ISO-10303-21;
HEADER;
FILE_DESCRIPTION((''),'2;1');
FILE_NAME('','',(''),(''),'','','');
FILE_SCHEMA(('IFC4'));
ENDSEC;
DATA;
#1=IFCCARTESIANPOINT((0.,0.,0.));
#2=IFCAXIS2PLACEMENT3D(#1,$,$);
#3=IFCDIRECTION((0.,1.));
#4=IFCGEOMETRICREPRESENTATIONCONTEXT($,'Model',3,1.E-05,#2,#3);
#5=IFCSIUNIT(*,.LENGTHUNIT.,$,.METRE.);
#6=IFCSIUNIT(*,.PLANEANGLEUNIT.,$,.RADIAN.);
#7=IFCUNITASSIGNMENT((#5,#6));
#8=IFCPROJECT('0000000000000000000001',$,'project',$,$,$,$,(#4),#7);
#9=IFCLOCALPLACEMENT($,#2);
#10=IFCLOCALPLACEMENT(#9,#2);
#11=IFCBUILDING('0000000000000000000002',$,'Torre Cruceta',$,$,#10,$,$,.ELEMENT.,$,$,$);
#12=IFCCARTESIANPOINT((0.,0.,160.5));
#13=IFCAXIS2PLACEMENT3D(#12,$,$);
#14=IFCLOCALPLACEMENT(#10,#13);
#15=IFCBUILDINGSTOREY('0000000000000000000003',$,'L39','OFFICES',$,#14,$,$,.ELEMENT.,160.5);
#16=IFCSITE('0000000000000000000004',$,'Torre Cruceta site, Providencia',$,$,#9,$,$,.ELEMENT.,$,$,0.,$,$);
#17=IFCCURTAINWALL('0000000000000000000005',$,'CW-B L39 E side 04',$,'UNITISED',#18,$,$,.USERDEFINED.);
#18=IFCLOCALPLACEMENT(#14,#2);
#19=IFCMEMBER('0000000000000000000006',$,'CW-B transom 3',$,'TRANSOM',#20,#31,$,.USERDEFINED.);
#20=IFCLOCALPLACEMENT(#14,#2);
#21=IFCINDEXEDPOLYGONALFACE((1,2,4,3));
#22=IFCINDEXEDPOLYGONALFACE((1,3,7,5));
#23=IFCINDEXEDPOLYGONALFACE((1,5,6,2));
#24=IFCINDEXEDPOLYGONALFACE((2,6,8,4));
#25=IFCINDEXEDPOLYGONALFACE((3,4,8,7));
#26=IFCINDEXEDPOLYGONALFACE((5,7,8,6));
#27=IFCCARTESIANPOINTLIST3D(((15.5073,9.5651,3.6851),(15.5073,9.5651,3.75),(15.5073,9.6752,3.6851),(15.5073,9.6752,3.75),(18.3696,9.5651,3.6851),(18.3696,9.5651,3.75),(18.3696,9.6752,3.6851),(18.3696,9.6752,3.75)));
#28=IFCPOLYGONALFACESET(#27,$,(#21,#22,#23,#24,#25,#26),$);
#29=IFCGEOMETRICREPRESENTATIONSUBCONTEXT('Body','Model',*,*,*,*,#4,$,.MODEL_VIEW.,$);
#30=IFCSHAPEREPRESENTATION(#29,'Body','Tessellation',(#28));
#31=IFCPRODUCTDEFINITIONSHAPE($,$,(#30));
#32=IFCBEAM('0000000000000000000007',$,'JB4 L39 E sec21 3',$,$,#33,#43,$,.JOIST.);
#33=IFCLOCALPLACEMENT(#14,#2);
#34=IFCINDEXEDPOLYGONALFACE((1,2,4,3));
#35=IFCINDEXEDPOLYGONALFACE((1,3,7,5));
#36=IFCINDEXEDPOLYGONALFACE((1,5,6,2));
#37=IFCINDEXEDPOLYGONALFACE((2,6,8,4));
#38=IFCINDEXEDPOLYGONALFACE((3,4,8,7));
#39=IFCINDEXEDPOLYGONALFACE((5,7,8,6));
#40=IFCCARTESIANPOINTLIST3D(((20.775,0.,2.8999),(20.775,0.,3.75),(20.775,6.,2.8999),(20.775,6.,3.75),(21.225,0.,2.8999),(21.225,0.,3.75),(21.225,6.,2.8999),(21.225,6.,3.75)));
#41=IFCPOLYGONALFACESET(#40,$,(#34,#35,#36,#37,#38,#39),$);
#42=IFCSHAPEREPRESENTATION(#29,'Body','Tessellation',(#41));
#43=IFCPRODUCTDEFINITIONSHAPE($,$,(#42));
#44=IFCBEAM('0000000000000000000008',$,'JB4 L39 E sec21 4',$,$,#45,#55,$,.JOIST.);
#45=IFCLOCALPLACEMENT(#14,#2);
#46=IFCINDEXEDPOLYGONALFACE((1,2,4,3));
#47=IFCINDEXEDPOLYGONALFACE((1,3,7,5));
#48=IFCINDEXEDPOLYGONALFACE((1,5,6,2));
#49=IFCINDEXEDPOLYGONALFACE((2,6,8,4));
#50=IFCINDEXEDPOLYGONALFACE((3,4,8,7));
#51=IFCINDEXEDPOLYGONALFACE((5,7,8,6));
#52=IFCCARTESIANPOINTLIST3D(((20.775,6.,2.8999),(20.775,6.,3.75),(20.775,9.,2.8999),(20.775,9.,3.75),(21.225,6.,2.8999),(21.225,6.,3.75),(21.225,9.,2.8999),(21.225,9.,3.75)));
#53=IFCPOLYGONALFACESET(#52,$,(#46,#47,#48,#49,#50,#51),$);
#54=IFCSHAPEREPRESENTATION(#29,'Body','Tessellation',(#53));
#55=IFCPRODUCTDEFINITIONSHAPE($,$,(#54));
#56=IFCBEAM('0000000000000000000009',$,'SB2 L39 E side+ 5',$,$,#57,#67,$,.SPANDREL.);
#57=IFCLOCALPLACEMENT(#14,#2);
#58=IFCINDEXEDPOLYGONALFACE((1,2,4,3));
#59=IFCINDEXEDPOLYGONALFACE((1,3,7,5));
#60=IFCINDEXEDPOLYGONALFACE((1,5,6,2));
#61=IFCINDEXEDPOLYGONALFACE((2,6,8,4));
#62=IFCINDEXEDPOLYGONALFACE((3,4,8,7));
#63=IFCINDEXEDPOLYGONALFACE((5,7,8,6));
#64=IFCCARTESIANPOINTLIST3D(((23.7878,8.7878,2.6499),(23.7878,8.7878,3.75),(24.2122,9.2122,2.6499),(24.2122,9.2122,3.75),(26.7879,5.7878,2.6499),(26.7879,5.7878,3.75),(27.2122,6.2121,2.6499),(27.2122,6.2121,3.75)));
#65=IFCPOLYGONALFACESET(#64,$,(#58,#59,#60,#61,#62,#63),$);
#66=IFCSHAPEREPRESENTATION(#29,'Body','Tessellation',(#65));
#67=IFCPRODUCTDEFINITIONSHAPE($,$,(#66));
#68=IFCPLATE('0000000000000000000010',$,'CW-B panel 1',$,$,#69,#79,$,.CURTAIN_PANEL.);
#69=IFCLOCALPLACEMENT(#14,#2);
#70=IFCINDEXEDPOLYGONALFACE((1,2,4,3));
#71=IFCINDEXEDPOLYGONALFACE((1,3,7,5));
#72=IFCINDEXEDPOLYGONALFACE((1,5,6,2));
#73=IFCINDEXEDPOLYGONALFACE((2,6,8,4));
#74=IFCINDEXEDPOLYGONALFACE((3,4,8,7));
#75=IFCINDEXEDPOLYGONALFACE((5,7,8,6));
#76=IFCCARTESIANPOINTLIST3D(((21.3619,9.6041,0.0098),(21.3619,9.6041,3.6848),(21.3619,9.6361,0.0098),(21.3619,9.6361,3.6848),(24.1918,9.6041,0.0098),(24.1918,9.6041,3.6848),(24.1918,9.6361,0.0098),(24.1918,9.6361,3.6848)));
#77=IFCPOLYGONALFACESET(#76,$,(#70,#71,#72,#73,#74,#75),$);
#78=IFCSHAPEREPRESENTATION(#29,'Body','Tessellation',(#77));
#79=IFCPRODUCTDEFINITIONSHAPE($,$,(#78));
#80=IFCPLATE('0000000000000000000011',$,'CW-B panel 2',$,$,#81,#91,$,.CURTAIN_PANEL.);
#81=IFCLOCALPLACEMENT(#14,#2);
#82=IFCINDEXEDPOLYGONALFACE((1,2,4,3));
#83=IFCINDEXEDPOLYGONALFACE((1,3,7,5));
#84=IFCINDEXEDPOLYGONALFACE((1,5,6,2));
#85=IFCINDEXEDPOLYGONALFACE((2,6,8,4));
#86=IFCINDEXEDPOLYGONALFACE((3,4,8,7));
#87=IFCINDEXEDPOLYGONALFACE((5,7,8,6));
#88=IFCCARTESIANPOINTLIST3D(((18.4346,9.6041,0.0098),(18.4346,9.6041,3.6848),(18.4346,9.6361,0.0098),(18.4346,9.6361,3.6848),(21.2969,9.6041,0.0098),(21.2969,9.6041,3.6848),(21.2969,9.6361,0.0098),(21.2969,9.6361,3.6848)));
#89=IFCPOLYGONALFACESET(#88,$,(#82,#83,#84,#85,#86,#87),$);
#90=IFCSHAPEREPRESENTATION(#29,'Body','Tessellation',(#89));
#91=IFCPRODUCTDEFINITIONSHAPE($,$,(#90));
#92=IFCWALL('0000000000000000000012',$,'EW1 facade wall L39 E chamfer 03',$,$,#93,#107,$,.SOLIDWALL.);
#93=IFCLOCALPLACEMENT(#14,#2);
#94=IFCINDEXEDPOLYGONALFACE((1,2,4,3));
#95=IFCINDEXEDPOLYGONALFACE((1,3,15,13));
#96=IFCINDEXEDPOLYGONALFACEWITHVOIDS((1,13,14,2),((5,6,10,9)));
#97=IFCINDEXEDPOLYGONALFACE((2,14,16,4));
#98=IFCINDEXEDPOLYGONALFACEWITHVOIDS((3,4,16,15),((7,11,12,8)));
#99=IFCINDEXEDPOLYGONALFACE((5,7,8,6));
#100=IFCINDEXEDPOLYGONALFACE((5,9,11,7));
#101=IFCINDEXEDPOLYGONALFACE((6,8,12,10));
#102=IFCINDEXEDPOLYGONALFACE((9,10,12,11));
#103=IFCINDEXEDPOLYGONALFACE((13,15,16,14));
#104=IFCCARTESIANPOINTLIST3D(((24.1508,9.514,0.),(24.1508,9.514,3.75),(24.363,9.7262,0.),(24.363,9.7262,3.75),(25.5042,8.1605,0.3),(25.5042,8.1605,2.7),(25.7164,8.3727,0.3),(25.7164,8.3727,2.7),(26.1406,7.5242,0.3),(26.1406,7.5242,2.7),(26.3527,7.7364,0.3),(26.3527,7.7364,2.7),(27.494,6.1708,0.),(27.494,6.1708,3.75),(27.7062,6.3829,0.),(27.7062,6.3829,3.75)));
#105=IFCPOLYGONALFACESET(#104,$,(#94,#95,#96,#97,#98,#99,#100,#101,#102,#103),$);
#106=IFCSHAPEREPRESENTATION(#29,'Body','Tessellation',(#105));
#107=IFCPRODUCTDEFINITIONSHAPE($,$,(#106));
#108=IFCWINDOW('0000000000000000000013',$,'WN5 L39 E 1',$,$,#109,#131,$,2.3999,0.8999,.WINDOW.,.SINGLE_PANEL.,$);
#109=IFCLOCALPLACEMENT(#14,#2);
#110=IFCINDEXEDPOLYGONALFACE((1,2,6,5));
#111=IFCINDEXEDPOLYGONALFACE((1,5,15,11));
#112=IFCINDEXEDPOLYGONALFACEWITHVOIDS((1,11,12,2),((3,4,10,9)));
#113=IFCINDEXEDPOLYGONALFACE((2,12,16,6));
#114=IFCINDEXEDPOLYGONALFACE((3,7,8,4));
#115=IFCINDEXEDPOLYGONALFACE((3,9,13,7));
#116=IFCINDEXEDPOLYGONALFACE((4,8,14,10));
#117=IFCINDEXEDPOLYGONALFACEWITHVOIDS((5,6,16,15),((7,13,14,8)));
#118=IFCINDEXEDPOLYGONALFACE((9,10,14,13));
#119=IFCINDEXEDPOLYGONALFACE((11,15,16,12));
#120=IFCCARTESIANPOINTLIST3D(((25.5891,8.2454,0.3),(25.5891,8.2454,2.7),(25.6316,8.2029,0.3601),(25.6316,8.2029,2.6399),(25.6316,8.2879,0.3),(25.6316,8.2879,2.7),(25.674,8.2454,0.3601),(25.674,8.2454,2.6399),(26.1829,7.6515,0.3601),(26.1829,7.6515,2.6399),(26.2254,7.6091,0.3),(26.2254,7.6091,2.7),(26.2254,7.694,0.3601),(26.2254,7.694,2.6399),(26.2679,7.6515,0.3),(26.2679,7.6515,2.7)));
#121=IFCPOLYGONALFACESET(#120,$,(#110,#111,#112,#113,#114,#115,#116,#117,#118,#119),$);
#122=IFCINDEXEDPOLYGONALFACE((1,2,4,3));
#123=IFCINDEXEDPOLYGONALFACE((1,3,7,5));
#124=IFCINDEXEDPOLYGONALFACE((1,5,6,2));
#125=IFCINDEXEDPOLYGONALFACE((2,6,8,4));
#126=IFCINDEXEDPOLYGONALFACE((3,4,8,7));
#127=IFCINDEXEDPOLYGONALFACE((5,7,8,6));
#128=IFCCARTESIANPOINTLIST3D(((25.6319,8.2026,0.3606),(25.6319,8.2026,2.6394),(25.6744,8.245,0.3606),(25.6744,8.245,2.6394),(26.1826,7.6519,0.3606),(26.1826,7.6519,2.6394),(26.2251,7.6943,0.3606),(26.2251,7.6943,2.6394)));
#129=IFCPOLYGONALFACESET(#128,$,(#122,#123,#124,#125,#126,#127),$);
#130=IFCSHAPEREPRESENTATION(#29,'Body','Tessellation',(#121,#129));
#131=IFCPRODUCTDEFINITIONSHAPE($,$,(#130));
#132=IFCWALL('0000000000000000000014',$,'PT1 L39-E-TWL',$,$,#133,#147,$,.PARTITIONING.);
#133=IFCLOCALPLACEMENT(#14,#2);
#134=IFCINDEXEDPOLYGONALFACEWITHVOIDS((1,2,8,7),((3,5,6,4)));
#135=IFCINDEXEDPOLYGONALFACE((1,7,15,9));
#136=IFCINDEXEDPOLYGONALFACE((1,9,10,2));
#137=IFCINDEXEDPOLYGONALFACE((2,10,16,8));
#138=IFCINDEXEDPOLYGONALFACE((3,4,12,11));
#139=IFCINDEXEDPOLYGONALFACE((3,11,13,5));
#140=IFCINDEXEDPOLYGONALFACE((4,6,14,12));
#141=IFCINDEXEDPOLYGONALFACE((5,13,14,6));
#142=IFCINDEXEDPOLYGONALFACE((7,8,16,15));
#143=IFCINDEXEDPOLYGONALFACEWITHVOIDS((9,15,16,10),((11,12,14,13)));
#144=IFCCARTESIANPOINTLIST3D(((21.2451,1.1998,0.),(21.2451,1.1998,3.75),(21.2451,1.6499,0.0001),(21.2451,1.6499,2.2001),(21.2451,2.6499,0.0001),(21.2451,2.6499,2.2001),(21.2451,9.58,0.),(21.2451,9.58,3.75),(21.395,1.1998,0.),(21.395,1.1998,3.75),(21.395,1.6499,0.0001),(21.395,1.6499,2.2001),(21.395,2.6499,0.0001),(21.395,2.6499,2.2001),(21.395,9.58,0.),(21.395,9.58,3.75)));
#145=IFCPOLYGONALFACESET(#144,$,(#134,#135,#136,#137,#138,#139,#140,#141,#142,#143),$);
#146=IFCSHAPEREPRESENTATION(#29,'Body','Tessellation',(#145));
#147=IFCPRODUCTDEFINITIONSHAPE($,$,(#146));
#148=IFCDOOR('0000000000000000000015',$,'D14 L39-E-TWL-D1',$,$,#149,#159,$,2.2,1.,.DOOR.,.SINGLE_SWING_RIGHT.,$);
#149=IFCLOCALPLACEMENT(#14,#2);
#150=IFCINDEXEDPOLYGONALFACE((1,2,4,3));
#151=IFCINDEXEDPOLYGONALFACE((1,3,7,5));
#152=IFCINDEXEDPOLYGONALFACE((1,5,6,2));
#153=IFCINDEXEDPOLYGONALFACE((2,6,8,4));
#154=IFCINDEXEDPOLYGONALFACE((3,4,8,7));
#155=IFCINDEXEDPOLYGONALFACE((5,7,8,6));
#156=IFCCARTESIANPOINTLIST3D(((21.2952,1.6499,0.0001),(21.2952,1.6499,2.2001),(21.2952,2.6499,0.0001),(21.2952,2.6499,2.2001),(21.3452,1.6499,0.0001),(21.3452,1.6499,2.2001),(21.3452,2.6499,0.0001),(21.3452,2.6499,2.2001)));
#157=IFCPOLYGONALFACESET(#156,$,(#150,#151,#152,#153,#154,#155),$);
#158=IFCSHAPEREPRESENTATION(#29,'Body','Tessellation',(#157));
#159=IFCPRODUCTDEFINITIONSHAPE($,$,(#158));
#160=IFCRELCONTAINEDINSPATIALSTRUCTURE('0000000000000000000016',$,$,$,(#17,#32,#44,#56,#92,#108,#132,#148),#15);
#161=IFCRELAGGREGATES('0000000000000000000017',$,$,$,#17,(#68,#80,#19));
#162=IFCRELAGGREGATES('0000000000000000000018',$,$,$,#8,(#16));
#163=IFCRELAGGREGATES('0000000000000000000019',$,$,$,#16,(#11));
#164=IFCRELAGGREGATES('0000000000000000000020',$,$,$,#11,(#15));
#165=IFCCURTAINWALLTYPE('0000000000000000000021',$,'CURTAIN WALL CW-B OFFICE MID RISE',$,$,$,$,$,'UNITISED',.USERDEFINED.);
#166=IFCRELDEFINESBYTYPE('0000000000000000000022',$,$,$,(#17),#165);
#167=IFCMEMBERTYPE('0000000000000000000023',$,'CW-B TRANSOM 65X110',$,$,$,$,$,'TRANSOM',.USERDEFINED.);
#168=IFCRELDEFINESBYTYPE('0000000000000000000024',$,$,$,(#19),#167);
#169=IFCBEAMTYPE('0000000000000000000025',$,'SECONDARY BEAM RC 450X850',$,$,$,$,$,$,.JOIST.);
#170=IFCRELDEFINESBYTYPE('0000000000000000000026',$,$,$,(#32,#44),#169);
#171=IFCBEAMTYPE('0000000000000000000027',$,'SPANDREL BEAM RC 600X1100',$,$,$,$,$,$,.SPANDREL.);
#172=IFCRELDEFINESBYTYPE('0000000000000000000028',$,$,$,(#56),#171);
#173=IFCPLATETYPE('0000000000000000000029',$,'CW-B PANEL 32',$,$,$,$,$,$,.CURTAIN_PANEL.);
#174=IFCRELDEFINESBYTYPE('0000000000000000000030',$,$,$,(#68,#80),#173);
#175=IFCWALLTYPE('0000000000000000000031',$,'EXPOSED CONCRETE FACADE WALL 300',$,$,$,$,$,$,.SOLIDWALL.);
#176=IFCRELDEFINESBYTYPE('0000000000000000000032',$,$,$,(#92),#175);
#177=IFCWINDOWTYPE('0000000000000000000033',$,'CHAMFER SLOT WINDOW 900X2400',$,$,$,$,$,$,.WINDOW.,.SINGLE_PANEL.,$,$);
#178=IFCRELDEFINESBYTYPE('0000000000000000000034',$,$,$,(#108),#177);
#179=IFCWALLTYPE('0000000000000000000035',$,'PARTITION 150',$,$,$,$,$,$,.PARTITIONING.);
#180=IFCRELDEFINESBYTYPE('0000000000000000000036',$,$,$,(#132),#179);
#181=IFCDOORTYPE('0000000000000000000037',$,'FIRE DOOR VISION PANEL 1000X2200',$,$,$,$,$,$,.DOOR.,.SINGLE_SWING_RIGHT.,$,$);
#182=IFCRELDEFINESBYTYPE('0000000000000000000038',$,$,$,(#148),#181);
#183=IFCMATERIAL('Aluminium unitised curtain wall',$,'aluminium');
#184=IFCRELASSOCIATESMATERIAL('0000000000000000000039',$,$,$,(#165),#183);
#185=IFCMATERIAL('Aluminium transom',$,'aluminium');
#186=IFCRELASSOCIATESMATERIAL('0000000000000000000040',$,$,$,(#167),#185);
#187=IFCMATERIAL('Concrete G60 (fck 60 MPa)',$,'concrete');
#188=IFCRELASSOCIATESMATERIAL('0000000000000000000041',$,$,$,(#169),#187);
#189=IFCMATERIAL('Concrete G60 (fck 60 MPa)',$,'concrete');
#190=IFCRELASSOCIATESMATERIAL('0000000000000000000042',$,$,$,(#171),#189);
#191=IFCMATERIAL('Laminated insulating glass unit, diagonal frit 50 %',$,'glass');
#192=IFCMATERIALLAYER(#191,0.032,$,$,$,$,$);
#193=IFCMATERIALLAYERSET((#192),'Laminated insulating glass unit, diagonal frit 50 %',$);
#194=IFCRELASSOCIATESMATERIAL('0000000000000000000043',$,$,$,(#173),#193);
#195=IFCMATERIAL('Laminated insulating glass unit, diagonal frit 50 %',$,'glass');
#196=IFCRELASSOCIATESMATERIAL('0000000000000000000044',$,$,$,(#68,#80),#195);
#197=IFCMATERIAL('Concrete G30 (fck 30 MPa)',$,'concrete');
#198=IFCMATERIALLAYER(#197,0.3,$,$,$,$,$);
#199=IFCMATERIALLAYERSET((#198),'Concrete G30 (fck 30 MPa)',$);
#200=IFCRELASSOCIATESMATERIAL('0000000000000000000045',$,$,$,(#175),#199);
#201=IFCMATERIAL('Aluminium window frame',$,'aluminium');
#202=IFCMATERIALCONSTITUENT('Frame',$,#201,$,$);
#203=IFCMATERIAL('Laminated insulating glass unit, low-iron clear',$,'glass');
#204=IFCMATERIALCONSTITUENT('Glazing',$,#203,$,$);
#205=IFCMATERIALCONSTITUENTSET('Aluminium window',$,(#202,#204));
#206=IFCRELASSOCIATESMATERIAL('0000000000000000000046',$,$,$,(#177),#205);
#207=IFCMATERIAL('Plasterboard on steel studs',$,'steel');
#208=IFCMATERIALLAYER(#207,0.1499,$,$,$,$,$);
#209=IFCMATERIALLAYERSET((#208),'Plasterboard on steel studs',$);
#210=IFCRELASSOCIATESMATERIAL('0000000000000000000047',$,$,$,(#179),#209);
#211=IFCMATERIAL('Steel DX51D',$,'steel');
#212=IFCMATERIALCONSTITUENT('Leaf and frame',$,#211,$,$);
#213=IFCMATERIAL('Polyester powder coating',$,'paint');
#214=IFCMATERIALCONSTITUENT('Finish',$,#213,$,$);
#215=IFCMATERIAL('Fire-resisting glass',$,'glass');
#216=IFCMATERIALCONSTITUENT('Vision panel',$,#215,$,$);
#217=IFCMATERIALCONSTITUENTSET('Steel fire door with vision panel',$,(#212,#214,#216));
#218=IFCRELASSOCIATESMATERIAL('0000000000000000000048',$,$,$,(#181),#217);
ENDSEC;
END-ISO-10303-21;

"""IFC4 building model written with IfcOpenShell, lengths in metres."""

from ifc_helpers import new_model, si_unit, direction, frame, frame_2d, origin, origin_2d, place, context, subcontext, project, spatial, rectangle, hollow_rectangle, extrude, material, layer, layer_set, constituent, constituent_set, material_profile, profile_set, type_object, element, fill, aggregate, save


model = new_model("IFC4")

# Units and contexts
model_context = context("Model", 3, precision=1e-05, world=origin(), true_north=direction((0.0, 1.0)))
body_context = subcontext(model_context, "Body", "Model", "MODEL_VIEW")
ifc_project = project(units=[si_unit("LENGTHUNIT", "METRE"), si_unit("PLANEANGLEUNIT", "RADIAN")], contexts=[model_context])

# Site, building, storey
site_placement = place(None, origin())
site = spatial("IfcSite", under=ifc_project, at=site_placement, Name="Torre Cruceta site, Providencia", CompositionType="ELEMENT", RefElevation=0.0)
building_placement = place(site_placement, origin())
building = spatial("IfcBuilding", under=site, at=building_placement, Name="Torre Cruceta", CompositionType="ELEMENT")
storey_placement = place(building_placement, frame((0.0, 0.0, 160.5)))
storey = spatial("IfcBuildingStorey", under=building, at=storey_placement, Name="L39", Description="OFFICES", CompositionType="ELEMENT", Elevation=160.5)

# Curtain wall, member
ifc_material_1 = material(Name="Aluminium unitised curtain wall", Category="aluminium")
curtain_wall_type = type_object("IfcCurtainWallType", Name="CURTAIN WALL CW-B OFFICE MID RISE", ElementType="UNITISED", PredefinedType="USERDEFINED", material=ifc_material_1)
curtain_wall_placement = place(storey_placement, origin())
curtain_wall = element("IfcCurtainWall", 1, at=curtain_wall_placement, inside=storey, type_object=curtain_wall_type, Name="CW-B L39 E side 04", ObjectType="UNITISED", PredefinedType="USERDEFINED")
ifc_material_2 = material(Name="Aluminium transom", Category="aluminium")
ifc_material_profile_1 = material_profile(ifc_material_2, rectangle(XDim=0.1101, YDim=0.0649, at=origin_2d()), Name="AL 110X65")
ifc_profile_set_1 = profile_set([ifc_material_profile_1], Name="Aluminium transom")
member_type_1 = type_object("IfcMemberType", Name="CW-B TRANSOM 65X110", ElementType="TRANSOM", PredefinedType="USERDEFINED", material=ifc_profile_set_1)
member_1_placement = place(storey_placement, frame((18.3696, 9.6201, 3.7175), z_axis=(-1.0, 0.0, 0.0), x_axis=(0.0, -1.0, 0.0)))
member_1 = element("IfcMember", 2, at=member_1_placement, type_object=member_type_1, Name="CW-B transom 3", ObjectType="TRANSOM", PredefinedType="USERDEFINED", context=body_context, shape_type="SweptSolid", body=[
    extrude(rectangle(XDim=0.1101, YDim=0.0649, at=origin_2d()), origin(), (0.0, 0.0, 1.0), 2.8623),
])

# Beams
ifc_material_3 = material(Name="Concrete G60 (fck 60 MPa)", Category="concrete")
ifc_material_profile_2 = material_profile(ifc_material_3, rectangle(XDim=0.45, YDim=0.8501, at=origin_2d()), Name="RC 450X850")
ifc_profile_set_2 = profile_set([ifc_material_profile_2], Name="Concrete G60 (fck 60 MPa)")
beam_type_1 = type_object("IfcBeamType", Name="SECONDARY BEAM RC 450X850", PredefinedType="JOIST", material=ifc_profile_set_2)
beam_1_placement = place(storey_placement, frame((21.0, 0.0, 3.325), z_axis=(0.0, 1.0, 0.0), x_axis=(-1.0, 0.0, 0.0)))
element("IfcBeam", 3, at=beam_1_placement, inside=storey, type_object=beam_type_1, Name="JB4 L39 E sec21 3", PredefinedType="JOIST", context=body_context, shape_type="SweptSolid", body=[
    extrude(rectangle(XDim=0.45, YDim=0.8501, at=origin_2d()), origin(), (0.0, 0.0, 1.0), 6.0),
])
beam_2_placement = place(storey_placement, frame((21.0, 6.0, 3.325), z_axis=(0.0, 1.0, 0.0), x_axis=(-1.0, 0.0, 0.0)))
element("IfcBeam", 4, at=beam_2_placement, inside=storey, type_object=beam_type_1, Name="JB4 L39 E sec21 4", PredefinedType="JOIST", context=body_context, shape_type="SweptSolid", body=[
    extrude(rectangle(XDim=0.45, YDim=0.8501, at=origin_2d()), origin(), (0.0, 0.0, 1.0), 3.0),
])
ifc_material_4 = material(Name="Concrete G60 (fck 60 MPa)", Category="concrete")
ifc_material_profile_3 = material_profile(ifc_material_4, rectangle(XDim=0.6001, YDim=1.1001, at=origin_2d()), Name="RC 600X1100")
ifc_profile_set_3 = profile_set([ifc_material_profile_3], Name="Concrete G60 (fck 60 MPa)")
beam_type_2 = type_object("IfcBeamType", Name="SPANDREL BEAM RC 600X1100", PredefinedType="SPANDREL", material=ifc_profile_set_3)
beam_3_placement = place(storey_placement, frame((24.0, 9.0, 3.2), z_axis=(0.707107, -0.707107, 0.0), x_axis=(0.707107, 0.707107, 0.0)))
element("IfcBeam", 5, at=beam_3_placement, inside=storey, type_object=beam_type_2, Name="SB2 L39 E side+ 5", PredefinedType="SPANDREL", context=body_context, shape_type="SweptSolid", body=[
    extrude(rectangle(XDim=0.6001, YDim=1.1001, at=origin_2d()), origin(), (0.0, 0.0, 1.0), 4.2427),
])

# Plates
ifc_material_5 = material(Name="Laminated insulating glass unit, diagonal frit 50 %", Category="glass")
ifc_material_6 = material(Name="Laminated insulating glass unit, diagonal frit 50 %", Category="glass")
ifc_layer_1 = layer(ifc_material_6, 0.032)
ifc_layer_set_1 = layer_set([ifc_layer_1], Name="Laminated insulating glass unit, diagonal frit 50 %")
plate_type = type_object("IfcPlateType", Name="CW-B PANEL 32", PredefinedType="CURTAIN_PANEL", material=ifc_layer_set_1)
plate_1_placement = place(storey_placement, frame((22.7769, 9.6201, 0.0098), z_axis=(0.0, 0.0, 1.0), x_axis=(-1.0, 0.0, 0.0)))
plate_1 = element("IfcPlate", 6, at=plate_1_placement, type_object=plate_type, material=ifc_material_5, Name="CW-B panel 1", PredefinedType="CURTAIN_PANEL", context=body_context, shape_type="SweptSolid", body=[
    extrude(rectangle(XDim=2.8298, YDim=0.032, at=origin_2d()), origin(), (0.0, 0.0, 1.0), 3.675),
])
plate_2_placement = place(storey_placement, frame((19.8657, 9.6201, 0.0098), z_axis=(0.0, 0.0, 1.0), x_axis=(-1.0, 0.0, 0.0)))
plate_2 = element("IfcPlate", 7, at=plate_2_placement, type_object=plate_type, material=ifc_material_5, Name="CW-B panel 2", PredefinedType="CURTAIN_PANEL", context=body_context, shape_type="SweptSolid", body=[
    extrude(rectangle(XDim=2.8623, YDim=0.032, at=origin_2d()), origin(), (0.0, 0.0, 1.0), 3.675),
])
aggregate(curtain_wall, [plate_1, plate_2, member_1])

# Wall, opening, window
ifc_material_7 = material(Name="Concrete G30 (fck 30 MPa)", Category="concrete")
ifc_layer_2 = layer(ifc_material_7, 0.3)
ifc_layer_set_2 = layer_set([ifc_layer_2], Name="Concrete G30 (fck 30 MPa)")
wall_type_1 = type_object("IfcWallType", Name="EXPOSED CONCRETE FACADE WALL 300", PredefinedType="SOLIDWALL", material=ifc_layer_set_2)
wall_1_placement = place(storey_placement, frame((27.6001, 6.2769, 0.0), z_axis=(0.0, 0.0, 1.0), x_axis=(-0.707107, 0.707107, 0.0)))
wall_1 = element("IfcWall", 8, at=wall_1_placement, inside=storey, type_object=wall_type_1, Name="EW1 facade wall L39 E chamfer 03", PredefinedType="SOLIDWALL", context=body_context, shape_type="SweptSolid", body=[
    extrude(rectangle(XDim=4.728, YDim=0.3, at=frame_2d((2.364, 0.0))), origin(), (0.0, 0.0, 1.0), 3.75),
])
opening_1_placement = place(wall_1_placement, frame((1.9141, 0.0, 0.3)))
opening_1 = element("IfcOpeningElement", 9, at=opening_1_placement, cuts=wall_1, PredefinedType="OPENING", context=body_context, shape_type="SweptSolid", body=[
    extrude(rectangle(XDim=0.8999, YDim=2.3999, at=frame_2d((0.45, 1.2))), frame((0.0, 0.1599, 0.0), z_axis=(0.0, -1.0, 0.0), x_axis=(1.0, 0.0, 0.0)), (0.0, 0.0, 1.0), 0.3201),
])
ifc_material_8 = material(Name="Aluminium window frame", Category="aluminium")
ifc_constituent_1 = constituent(ifc_material_8, Name="Frame")
ifc_material_9 = material(Name="Laminated insulating glass unit, low-iron clear", Category="glass")
ifc_constituent_2 = constituent(ifc_material_9, Name="Glazing")
ifc_constituent_set_1 = constituent_set(constituents=[ifc_constituent_1, ifc_constituent_2], Name="Aluminium window")
window_type = type_object("IfcWindowType", Name="CHAMFER SLOT WINDOW 900X2400", PartitioningType="SINGLE_PANEL", PredefinedType="WINDOW", material=ifc_constituent_set_1)
window_placement = place(opening_1_placement, origin())
window = element("IfcWindow", 10, at=window_placement, inside=storey, type_object=window_type, Name="WN5 L39 E 1", OverallHeight=2.3999, OverallWidth=0.8999, PartitioningType="SINGLE_PANEL", PredefinedType="WINDOW", context=body_context, shape_type="SweptSolid", body=[
    extrude(hollow_rectangle(XDim=0.8999, YDim=2.3999, WallThickness=0.0601, at=frame_2d((0.45, 1.2))), frame((0.0, 0.03, 0.0), z_axis=(0.0, -1.0, 0.0), x_axis=(1.0, 0.0, 0.0)), (0.0, 0.0, 1.0), 0.0601),
    extrude(rectangle(XDim=0.7788, YDim=2.2788, at=frame_2d((0.45, 1.2))), frame((0.0, 0.03, 0.0), z_axis=(0.0, -1.0, 0.0), x_axis=(1.0, 0.0, 0.0)), (0.0, 0.0, 1.0), 0.0601),
])
fill(opening_1, window)

# Wall, opening, door
ifc_material_10 = material(Name="Plasterboard on steel studs", Category="steel")
ifc_layer_3 = layer(ifc_material_10, 0.1499)
ifc_layer_set_3 = layer_set([ifc_layer_3], Name="Plasterboard on steel studs")
wall_type_2 = type_object("IfcWallType", Name="PARTITION 150", PredefinedType="PARTITIONING", material=ifc_layer_set_3)
wall_2_placement = place(storey_placement, frame((21.3201, 1.2, 0.0), z_axis=(0.0, 0.0, 1.0), x_axis=(0.0, 1.0, 0.0)))
wall_2 = element("IfcWall", 11, at=wall_2_placement, inside=storey, type_object=wall_type_2, Name="PT1 L39-E-TWL", PredefinedType="PARTITIONING", context=body_context, shape_type="SweptSolid", body=[
    extrude(rectangle(XDim=8.3801, YDim=0.1499, at=frame_2d((4.1899, 0.0))), origin(), (0.0, 0.0, 1.0), 3.75),
])
opening_2_placement = place(wall_2_placement, frame((0.45, 0.0, 0.0)))
opening_2 = element("IfcOpeningElement", 12, at=opening_2_placement, cuts=wall_2, PredefinedType="OPENING", context=body_context, shape_type="SweptSolid", body=[
    extrude(rectangle(XDim=1.0, YDim=2.2, at=frame_2d((0.5, 1.1001))), frame((0.0, 0.085, 0.0), z_axis=(0.0, -1.0, 0.0), x_axis=(1.0, 0.0, 0.0)), (0.0, 0.0, 1.0), 0.1699),
])
ifc_material_11 = material(Name="Steel DX51D", Category="steel")
ifc_constituent_3 = constituent(ifc_material_11, Name="Leaf and frame")
ifc_material_12 = material(Name="Polyester powder coating", Category="paint")
ifc_constituent_4 = constituent(ifc_material_12, Name="Finish")
ifc_material_13 = material(Name="Fire-resisting glass", Category="glass")
ifc_constituent_5 = constituent(ifc_material_13, Name="Vision panel")
ifc_constituent_set_2 = constituent_set(constituents=[ifc_constituent_3, ifc_constituent_4, ifc_constituent_5], Name="Steel fire door with vision panel")
door_type = type_object("IfcDoorType", Name="FIRE DOOR VISION PANEL 1000X2200", OperationType="SINGLE_SWING_RIGHT", PredefinedType="DOOR", material=ifc_constituent_set_2)
door_placement = place(opening_2_placement, frame((1.0, 0.0, 0.0), z_axis=(0.0, 0.0, 1.0), x_axis=(-1.0, 0.0, 0.0)))
door = element("IfcDoor", 13, at=door_placement, inside=storey, type_object=door_type, Name="D14 L39-E-TWL-D1", OperationType="SINGLE_SWING_RIGHT", OverallHeight=2.2, OverallWidth=1.0, PredefinedType="DOOR", context=body_context, shape_type="SweptSolid", body=[
    extrude(rectangle(XDim=1.0, YDim=2.2, at=frame_2d((0.5, 1.1001))), frame((0.0, 0.0251, 0.0), z_axis=(0.0, -1.0, 0.0), x_axis=(1.0, 0.0, 0.0)), (0.0, 0.0, 1.0), 0.05),
])
fill(opening_2, door)

save(model, "model.ifc")
